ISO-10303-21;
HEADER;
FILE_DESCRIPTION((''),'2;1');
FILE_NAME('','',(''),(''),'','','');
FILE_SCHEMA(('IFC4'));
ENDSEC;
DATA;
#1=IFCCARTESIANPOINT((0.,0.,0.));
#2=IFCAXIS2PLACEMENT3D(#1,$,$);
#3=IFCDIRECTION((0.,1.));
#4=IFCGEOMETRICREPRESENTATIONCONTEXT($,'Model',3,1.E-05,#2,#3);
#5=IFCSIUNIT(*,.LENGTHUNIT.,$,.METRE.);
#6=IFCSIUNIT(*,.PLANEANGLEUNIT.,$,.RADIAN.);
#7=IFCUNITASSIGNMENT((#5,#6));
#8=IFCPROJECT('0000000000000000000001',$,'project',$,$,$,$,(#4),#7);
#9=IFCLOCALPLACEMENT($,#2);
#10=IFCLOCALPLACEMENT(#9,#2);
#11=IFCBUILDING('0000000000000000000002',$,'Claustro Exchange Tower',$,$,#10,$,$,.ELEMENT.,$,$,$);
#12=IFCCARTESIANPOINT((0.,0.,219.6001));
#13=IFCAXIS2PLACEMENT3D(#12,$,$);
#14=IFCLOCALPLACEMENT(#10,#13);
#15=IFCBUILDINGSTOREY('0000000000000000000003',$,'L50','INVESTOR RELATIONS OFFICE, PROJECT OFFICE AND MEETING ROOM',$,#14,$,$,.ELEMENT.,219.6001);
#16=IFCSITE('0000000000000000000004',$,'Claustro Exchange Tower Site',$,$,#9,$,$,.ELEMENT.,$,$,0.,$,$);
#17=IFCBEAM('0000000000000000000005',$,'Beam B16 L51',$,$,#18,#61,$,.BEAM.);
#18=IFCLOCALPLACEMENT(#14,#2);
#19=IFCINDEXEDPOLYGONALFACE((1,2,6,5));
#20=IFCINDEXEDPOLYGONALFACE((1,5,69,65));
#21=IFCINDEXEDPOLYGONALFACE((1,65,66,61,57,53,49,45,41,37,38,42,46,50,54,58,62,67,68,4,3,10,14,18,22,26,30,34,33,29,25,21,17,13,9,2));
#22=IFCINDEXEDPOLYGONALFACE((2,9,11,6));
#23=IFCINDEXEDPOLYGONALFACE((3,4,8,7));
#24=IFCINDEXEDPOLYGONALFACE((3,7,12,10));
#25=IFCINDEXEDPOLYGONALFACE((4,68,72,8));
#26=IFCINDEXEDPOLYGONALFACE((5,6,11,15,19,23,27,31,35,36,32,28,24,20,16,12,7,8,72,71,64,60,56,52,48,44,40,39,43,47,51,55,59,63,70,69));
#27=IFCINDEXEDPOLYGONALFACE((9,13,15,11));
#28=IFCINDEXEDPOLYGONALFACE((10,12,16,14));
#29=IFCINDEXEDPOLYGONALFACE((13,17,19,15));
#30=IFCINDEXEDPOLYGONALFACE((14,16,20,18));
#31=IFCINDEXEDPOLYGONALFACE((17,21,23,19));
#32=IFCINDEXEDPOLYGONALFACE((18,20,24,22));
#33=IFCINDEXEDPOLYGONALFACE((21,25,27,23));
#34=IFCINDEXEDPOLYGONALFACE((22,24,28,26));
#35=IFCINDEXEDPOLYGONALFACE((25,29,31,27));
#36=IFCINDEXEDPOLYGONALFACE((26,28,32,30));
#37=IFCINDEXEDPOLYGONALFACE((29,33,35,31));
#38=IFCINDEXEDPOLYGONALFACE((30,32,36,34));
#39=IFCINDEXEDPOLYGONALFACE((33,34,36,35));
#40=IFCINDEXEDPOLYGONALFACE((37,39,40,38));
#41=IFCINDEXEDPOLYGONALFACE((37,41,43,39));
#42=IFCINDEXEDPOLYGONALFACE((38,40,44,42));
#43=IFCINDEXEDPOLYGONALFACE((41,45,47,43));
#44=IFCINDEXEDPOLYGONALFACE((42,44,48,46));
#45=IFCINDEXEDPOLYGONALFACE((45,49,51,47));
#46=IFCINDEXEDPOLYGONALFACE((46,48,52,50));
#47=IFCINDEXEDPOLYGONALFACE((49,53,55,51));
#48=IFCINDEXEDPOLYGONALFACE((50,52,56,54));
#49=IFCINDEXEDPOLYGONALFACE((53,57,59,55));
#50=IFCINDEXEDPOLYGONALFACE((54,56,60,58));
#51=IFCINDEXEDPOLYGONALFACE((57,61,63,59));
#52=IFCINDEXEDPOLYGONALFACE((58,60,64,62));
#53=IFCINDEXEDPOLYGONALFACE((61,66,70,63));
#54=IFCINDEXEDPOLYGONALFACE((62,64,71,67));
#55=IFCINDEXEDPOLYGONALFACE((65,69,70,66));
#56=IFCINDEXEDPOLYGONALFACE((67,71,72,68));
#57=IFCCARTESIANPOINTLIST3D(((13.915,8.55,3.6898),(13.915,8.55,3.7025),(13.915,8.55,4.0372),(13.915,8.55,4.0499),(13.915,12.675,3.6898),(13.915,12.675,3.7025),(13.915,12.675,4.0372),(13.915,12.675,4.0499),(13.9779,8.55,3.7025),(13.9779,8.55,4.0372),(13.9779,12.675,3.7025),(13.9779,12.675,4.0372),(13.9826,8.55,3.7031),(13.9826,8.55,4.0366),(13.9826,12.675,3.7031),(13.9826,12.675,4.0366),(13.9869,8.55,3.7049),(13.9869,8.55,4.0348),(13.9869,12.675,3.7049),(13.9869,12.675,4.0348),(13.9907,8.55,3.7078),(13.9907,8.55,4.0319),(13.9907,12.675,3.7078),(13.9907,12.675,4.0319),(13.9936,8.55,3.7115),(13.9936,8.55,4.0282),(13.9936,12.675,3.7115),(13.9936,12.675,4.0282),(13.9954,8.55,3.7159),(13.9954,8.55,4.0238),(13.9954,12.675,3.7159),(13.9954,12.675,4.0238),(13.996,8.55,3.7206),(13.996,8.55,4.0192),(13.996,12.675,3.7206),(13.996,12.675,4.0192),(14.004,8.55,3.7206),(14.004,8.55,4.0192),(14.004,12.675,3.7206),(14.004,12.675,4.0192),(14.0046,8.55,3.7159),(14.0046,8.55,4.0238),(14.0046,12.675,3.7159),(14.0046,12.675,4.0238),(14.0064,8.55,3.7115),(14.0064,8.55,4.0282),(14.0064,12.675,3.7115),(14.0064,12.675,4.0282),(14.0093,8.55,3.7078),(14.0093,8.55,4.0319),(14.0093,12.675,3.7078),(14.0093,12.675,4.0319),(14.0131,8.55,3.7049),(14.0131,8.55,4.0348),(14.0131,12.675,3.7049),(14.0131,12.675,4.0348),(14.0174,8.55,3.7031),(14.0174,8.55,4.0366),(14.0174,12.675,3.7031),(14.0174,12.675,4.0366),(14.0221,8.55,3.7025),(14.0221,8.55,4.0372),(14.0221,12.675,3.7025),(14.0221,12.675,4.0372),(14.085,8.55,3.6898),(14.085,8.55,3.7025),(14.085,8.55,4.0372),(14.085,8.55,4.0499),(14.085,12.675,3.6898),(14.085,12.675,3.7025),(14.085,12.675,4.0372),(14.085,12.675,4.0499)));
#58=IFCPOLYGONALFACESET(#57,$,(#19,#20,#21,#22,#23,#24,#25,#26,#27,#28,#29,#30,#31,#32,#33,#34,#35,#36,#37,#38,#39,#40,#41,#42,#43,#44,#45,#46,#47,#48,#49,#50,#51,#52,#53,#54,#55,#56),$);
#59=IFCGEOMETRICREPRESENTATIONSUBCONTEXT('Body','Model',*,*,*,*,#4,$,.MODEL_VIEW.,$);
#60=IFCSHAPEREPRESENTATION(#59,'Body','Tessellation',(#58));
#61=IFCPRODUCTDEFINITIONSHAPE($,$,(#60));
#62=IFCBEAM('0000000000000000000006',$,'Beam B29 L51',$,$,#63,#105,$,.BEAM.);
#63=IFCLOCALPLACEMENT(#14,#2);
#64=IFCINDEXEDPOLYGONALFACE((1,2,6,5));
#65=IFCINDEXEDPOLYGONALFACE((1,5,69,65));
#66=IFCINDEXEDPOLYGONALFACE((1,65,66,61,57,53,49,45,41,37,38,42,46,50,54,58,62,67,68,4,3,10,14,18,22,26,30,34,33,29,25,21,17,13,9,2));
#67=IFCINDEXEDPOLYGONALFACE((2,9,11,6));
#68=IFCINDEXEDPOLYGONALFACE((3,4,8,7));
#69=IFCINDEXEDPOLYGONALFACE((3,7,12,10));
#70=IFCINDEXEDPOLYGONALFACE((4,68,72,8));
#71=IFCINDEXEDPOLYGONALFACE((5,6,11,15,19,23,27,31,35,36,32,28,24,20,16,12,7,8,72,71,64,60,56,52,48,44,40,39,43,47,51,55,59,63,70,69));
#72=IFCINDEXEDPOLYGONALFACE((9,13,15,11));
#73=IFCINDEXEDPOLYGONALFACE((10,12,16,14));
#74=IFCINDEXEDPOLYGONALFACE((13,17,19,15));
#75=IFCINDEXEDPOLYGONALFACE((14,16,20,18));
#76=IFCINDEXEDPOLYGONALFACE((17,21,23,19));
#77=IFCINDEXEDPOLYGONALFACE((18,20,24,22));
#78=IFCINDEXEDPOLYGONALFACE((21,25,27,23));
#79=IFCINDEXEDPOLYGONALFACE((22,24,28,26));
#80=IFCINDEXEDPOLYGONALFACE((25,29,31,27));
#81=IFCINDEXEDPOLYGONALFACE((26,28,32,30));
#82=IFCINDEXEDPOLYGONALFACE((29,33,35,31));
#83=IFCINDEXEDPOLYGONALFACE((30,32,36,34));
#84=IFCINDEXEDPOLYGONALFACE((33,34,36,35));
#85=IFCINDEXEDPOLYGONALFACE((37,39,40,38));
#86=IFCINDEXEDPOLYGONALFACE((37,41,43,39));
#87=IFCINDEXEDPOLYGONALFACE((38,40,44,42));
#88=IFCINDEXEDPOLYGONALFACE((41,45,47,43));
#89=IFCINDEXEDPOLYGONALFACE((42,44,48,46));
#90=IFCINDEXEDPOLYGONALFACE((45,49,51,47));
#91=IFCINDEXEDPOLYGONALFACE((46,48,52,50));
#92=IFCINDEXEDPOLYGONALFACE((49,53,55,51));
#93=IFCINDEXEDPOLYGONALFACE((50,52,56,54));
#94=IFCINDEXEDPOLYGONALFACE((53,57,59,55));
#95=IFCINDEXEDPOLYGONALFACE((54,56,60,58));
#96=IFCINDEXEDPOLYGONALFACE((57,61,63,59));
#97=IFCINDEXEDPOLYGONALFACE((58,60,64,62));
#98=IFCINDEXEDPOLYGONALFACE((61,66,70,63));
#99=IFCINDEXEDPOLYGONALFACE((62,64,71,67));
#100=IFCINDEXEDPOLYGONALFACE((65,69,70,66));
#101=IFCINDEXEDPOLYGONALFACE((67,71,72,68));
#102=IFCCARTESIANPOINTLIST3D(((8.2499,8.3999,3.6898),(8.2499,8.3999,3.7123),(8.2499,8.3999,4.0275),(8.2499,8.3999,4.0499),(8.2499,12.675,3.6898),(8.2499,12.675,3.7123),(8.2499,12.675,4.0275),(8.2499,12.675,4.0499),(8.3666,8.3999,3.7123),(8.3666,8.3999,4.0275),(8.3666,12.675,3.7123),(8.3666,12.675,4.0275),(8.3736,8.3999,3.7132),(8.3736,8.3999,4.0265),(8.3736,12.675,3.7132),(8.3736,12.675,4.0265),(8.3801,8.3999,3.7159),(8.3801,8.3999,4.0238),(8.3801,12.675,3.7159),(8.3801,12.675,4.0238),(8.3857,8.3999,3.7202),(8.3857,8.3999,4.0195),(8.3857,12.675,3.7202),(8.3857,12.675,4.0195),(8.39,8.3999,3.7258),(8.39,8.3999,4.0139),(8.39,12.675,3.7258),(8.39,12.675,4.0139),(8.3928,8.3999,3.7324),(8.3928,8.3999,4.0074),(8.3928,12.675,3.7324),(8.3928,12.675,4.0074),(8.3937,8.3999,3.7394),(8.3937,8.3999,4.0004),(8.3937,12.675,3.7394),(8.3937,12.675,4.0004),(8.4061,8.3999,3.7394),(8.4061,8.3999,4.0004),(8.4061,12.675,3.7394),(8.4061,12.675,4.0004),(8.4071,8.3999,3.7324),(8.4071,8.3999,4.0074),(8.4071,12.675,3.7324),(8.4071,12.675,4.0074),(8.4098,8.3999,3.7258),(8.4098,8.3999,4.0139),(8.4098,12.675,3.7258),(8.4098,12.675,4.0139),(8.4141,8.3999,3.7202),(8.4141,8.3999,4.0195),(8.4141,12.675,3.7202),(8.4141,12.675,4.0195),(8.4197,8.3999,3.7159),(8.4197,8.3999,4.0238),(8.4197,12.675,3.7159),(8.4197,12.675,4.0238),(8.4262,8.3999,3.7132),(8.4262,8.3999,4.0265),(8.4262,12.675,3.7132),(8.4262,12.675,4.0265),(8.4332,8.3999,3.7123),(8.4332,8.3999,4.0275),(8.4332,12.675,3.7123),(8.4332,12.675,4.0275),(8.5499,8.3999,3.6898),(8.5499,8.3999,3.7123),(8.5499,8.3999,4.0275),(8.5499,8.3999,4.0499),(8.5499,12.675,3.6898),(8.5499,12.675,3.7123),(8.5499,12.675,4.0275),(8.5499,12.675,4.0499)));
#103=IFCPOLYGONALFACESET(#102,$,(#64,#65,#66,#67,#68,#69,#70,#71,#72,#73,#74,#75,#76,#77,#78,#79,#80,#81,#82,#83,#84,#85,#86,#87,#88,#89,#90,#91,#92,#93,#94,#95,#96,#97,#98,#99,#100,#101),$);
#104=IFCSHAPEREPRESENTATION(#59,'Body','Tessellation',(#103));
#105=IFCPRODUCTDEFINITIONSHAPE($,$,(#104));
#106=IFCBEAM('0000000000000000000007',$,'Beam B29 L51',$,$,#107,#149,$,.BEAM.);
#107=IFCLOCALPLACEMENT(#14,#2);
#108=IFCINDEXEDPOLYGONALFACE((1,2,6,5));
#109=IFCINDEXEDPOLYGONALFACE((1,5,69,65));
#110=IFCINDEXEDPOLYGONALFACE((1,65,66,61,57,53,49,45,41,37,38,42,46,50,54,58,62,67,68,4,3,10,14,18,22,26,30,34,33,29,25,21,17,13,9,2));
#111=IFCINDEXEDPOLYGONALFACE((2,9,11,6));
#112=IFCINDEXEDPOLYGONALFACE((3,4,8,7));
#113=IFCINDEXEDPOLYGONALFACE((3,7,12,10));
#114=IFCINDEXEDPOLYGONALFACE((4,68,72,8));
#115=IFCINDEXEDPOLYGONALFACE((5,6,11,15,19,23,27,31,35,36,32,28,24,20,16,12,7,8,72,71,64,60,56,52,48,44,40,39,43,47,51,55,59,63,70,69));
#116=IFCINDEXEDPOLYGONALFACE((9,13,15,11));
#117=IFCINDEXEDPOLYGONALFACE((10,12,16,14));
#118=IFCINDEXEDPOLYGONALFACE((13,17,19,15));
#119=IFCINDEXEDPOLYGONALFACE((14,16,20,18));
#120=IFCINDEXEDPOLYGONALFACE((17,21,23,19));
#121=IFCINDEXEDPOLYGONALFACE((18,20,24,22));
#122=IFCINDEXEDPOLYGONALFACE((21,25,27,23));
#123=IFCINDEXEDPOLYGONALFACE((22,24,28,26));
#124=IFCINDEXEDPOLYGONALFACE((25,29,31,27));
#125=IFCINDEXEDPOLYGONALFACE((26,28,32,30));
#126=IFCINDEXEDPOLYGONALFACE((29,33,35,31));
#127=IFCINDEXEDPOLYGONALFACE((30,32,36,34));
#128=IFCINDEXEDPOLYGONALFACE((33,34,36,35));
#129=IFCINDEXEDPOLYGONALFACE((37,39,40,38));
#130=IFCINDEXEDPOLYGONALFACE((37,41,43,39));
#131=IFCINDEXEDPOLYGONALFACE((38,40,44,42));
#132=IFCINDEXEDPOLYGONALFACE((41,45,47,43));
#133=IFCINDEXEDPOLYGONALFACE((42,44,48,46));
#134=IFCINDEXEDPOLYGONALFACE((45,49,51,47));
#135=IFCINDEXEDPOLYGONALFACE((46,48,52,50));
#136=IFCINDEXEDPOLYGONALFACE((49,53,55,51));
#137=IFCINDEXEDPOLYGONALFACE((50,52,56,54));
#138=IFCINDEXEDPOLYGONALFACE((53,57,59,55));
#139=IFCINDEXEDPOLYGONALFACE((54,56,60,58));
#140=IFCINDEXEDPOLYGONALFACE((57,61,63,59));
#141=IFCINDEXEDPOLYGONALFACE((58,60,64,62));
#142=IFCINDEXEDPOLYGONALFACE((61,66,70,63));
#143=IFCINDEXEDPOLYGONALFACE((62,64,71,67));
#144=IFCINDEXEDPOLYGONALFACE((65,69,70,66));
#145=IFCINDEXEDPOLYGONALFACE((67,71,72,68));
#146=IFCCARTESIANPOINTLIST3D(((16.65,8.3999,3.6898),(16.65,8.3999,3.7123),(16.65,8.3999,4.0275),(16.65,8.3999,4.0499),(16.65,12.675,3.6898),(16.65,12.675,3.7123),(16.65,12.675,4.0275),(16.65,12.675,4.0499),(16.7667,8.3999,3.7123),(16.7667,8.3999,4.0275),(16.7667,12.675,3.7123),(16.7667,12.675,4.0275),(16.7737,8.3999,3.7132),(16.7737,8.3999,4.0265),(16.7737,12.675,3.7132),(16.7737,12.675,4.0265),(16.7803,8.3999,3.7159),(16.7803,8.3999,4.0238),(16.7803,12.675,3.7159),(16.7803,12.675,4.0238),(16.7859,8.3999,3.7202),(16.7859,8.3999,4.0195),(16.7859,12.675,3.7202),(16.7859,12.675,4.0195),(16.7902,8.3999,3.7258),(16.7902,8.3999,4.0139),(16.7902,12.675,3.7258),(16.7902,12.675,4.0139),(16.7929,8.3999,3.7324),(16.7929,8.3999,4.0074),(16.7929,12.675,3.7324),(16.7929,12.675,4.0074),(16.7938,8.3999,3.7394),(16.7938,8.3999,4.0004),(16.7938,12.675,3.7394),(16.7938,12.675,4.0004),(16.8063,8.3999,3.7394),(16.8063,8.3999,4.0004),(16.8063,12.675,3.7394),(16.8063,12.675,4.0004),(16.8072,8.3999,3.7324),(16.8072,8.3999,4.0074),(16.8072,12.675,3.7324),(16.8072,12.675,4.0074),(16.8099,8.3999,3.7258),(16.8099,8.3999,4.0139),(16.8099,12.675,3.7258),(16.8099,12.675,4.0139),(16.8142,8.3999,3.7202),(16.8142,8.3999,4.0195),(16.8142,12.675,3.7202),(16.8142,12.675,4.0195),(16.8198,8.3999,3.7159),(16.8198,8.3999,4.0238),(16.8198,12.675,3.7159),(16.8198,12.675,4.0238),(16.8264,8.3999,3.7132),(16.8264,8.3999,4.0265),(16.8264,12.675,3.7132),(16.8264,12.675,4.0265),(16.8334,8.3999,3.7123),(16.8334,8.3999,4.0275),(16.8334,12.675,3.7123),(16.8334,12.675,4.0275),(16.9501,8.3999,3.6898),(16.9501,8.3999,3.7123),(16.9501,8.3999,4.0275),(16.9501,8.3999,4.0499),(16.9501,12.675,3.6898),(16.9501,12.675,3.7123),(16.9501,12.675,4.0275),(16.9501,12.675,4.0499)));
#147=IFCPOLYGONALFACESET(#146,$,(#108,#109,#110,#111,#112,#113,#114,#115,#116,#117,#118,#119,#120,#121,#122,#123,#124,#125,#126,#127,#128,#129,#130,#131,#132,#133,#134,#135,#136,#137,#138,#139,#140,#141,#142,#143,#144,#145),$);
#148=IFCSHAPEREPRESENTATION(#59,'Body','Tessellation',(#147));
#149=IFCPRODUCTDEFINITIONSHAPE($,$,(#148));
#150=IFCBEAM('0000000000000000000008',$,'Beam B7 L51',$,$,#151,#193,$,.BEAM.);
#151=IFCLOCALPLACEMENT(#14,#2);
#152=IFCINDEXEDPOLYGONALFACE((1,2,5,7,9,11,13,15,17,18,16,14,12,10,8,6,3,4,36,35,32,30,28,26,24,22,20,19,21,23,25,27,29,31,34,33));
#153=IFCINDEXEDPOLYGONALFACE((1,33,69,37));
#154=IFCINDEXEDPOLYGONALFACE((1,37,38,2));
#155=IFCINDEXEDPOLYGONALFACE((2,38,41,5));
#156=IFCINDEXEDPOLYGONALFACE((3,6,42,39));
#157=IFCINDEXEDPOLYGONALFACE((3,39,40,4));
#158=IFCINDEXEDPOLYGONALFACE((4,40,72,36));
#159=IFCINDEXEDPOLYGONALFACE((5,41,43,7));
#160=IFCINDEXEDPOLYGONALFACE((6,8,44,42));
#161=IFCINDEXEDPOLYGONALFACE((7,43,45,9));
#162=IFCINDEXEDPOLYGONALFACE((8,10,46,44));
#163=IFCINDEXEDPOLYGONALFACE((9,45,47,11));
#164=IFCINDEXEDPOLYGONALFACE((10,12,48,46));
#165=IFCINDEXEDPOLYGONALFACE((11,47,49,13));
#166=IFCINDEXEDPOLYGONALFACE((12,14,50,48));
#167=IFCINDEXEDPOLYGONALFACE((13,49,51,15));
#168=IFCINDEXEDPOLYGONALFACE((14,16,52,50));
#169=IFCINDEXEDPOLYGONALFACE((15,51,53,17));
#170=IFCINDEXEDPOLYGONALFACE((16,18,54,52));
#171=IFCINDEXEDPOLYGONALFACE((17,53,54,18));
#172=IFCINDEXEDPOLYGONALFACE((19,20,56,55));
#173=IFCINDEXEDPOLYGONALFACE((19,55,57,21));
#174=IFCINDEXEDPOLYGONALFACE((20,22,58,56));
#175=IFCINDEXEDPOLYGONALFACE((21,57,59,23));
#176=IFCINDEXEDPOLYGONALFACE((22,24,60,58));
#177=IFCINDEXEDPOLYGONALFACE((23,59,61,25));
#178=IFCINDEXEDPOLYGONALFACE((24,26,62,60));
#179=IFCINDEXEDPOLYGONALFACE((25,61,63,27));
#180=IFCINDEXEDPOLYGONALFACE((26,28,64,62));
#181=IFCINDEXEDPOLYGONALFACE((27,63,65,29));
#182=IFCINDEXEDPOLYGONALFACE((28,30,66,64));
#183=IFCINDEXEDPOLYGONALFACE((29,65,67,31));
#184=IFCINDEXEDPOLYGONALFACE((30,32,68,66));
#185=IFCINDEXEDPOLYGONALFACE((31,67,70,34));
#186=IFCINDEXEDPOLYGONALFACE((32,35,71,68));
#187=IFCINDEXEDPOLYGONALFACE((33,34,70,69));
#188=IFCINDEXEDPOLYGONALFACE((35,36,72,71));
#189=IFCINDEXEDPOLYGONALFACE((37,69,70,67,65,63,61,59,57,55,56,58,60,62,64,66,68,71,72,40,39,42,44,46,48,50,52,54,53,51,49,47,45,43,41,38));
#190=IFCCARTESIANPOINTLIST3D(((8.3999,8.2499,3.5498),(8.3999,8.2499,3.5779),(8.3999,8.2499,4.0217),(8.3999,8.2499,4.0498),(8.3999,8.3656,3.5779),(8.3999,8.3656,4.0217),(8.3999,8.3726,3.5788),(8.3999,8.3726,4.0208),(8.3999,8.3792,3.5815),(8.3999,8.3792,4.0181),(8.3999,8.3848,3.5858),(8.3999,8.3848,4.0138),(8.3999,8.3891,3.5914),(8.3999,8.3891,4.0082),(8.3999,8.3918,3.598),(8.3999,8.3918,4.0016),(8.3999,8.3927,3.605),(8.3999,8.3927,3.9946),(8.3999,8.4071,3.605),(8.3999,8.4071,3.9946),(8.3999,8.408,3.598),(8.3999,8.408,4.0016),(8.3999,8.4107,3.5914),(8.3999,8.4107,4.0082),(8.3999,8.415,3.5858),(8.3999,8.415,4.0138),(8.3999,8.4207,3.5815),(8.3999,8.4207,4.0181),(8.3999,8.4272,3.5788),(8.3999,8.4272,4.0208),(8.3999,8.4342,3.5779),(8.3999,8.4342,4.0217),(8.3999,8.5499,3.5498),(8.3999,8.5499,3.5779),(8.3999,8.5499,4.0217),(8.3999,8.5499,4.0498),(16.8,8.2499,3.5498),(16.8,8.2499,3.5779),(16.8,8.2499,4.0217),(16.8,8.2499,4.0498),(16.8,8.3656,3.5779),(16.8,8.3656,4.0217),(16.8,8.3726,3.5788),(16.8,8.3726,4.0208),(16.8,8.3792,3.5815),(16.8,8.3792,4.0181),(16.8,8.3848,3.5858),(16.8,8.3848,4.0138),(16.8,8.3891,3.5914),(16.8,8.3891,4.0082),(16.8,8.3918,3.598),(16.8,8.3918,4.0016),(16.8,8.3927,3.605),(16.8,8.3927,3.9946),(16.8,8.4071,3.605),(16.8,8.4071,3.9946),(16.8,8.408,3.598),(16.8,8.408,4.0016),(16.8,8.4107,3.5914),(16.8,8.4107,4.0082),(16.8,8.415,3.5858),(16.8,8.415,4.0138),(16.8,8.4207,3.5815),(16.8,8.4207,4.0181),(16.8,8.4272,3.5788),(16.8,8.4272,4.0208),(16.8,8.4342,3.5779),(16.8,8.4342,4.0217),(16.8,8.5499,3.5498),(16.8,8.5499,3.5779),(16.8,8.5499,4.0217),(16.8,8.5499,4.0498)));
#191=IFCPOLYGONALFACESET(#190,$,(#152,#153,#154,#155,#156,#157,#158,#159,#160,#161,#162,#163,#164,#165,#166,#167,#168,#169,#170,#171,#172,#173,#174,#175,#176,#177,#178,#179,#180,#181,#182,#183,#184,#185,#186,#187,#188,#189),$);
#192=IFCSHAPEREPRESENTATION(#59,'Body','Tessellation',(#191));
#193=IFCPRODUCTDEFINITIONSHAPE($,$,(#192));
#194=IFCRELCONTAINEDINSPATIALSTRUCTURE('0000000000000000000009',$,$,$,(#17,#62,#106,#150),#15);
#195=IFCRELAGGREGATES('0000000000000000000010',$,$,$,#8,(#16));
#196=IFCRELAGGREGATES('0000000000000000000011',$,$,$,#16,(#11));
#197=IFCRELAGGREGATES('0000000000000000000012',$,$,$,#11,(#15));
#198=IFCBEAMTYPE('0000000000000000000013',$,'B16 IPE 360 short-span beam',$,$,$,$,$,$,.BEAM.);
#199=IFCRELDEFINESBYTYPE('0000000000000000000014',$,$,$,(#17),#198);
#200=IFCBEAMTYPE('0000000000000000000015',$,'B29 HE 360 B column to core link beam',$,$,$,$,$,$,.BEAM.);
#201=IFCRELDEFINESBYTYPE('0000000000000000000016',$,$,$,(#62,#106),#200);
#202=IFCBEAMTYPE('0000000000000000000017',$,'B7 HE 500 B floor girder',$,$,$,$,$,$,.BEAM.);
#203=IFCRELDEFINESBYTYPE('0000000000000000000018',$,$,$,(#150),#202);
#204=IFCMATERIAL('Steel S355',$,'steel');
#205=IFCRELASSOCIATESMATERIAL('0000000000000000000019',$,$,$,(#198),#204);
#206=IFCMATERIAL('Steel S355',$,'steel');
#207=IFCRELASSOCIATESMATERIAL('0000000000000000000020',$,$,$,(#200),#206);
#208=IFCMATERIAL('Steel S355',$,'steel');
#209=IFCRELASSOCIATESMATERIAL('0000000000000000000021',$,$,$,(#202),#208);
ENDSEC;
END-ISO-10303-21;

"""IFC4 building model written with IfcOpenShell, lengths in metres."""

from ifc_helpers import new_model, si_unit, direction, frame, origin, origin_2d, place, context, subcontext, project, spatial, i_section, extrude, material, material_profile, profile_set, type_object, element, save


model = new_model("IFC4")

# Units and contexts
model_context = context("Model", 3, precision=1e-05, world=origin(), true_north=direction((0.0, 1.0)))
body_context = subcontext(model_context, "Body", "Model", "MODEL_VIEW")
ifc_project = project(units=[si_unit("LENGTHUNIT", "METRE"), si_unit("PLANEANGLEUNIT", "RADIAN")], contexts=[model_context])

# Site, building, storey
site_placement = place(None, origin())
site = spatial("IfcSite", under=ifc_project, at=site_placement, Name="Claustro Exchange Tower Site", CompositionType="ELEMENT", RefElevation=0.0)
building_placement = place(site_placement, origin())
building = spatial("IfcBuilding", under=site, at=building_placement, Name="Claustro Exchange Tower", CompositionType="ELEMENT")
storey_placement = place(building_placement, frame((0.0, 0.0, 219.6001)))
storey = spatial("IfcBuildingStorey", under=building, at=storey_placement, Name="L50", Description="INVESTOR RELATIONS OFFICE, PROJECT OFFICE AND MEETING ROOM", CompositionType="ELEMENT", Elevation=219.6001)

# Beams
ifc_material_1 = material(Name="Steel S355", Category="steel")
ifc_material_profile_1 = material_profile(ifc_material_1, i_section(OverallWidth=0.1699, OverallDepth=0.3601, WebThickness=0.0081, FlangeThickness=0.0127, FilletRadius=0.0181, at=origin_2d()), Name="IPE 360")
ifc_profile_set_1 = profile_set([ifc_material_profile_1], Name="Steel S355")
beam_type_1 = type_object("IfcBeamType", Name="B16 IPE 360 short-span beam", PredefinedType="BEAM", material=ifc_profile_set_1)
for number, where, z_axis, x_axis, name in (
    (1, (14.0, 8.55, 3.8699), (0.0, 1.0, 0.0), (-1.0, 0.0, 0.0), "Beam B16 L51"),
):
    element("IfcBeam", number, at=place(storey_placement, frame(where, z_axis=z_axis, x_axis=x_axis)), inside=storey, type_object=beam_type_1, Name=name, PredefinedType="BEAM", context=body_context, shape_type="SweptSolid", body=[
        extrude(i_section(OverallWidth=0.1699, OverallDepth=0.3601, WebThickness=0.0081, FlangeThickness=0.0127, FilletRadius=0.0181, at=origin_2d()), origin(), (0.0, 0.0, 1.0), 4.125),
    ])
ifc_material_2 = material(Name="Steel S355", Category="steel")
ifc_material_profile_2 = material_profile(ifc_material_2, i_section(OverallWidth=0.3, OverallDepth=0.3601, WebThickness=0.0125, FlangeThickness=0.0225, FilletRadius=0.0271, at=origin_2d()), Name="HE 360 B")
ifc_profile_set_2 = profile_set([ifc_material_profile_2], Name="Steel S355")
beam_type_2 = type_object("IfcBeamType", Name="B29 HE 360 B column to core link beam", PredefinedType="BEAM", material=ifc_profile_set_2)
for number, where, z_axis, x_axis, name in (
    (2, (8.3999, 8.3999, 3.8699), (0.0, 1.0, 0.0), (-1.0, 0.0, 0.0), "Beam B29 L51"),
    (3, (16.8, 8.3999, 3.8699), (0.0, 1.0, 0.0), (-1.0, 0.0, 0.0), "Beam B29 L51"),
):
    element("IfcBeam", number, at=place(storey_placement, frame(where, z_axis=z_axis, x_axis=x_axis)), inside=storey, type_object=beam_type_2, Name=name, PredefinedType="BEAM", context=body_context, shape_type="SweptSolid", body=[
        extrude(i_section(OverallWidth=0.3, OverallDepth=0.3601, WebThickness=0.0125, FlangeThickness=0.0225, FilletRadius=0.0271, at=origin_2d()), origin(), (0.0, 0.0, 1.0), 4.2751),
    ])
ifc_material_3 = material(Name="Steel S355", Category="steel")
ifc_material_profile_3 = material_profile(ifc_material_3, i_section(OverallWidth=0.3, OverallDepth=0.5, WebThickness=0.0144, FlangeThickness=0.0281, FilletRadius=0.0271, at=origin_2d()), Name="HE 500 B")
ifc_profile_set_3 = profile_set([ifc_material_profile_3], Name="Steel S355")
beam_type_3 = type_object("IfcBeamType", Name="B7 HE 500 B floor girder", PredefinedType="BEAM", material=ifc_profile_set_3)
beam_1_placement = place(storey_placement, frame((8.3999, 8.3999, 3.7998), z_axis=(1.0, 0.0, 0.0), x_axis=(0.0, 1.0, 0.0)))
element("IfcBeam", 4, at=beam_1_placement, inside=storey, type_object=beam_type_3, Name="Beam B7 L51", PredefinedType="BEAM", context=body_context, shape_type="SweptSolid", body=[
    extrude(i_section(OverallWidth=0.3, OverallDepth=0.5, WebThickness=0.0144, FlangeThickness=0.0281, FilletRadius=0.0271, at=origin_2d()), origin(), (0.0, 0.0, 1.0), 8.4001),
])

save(model, "model.ifc")
